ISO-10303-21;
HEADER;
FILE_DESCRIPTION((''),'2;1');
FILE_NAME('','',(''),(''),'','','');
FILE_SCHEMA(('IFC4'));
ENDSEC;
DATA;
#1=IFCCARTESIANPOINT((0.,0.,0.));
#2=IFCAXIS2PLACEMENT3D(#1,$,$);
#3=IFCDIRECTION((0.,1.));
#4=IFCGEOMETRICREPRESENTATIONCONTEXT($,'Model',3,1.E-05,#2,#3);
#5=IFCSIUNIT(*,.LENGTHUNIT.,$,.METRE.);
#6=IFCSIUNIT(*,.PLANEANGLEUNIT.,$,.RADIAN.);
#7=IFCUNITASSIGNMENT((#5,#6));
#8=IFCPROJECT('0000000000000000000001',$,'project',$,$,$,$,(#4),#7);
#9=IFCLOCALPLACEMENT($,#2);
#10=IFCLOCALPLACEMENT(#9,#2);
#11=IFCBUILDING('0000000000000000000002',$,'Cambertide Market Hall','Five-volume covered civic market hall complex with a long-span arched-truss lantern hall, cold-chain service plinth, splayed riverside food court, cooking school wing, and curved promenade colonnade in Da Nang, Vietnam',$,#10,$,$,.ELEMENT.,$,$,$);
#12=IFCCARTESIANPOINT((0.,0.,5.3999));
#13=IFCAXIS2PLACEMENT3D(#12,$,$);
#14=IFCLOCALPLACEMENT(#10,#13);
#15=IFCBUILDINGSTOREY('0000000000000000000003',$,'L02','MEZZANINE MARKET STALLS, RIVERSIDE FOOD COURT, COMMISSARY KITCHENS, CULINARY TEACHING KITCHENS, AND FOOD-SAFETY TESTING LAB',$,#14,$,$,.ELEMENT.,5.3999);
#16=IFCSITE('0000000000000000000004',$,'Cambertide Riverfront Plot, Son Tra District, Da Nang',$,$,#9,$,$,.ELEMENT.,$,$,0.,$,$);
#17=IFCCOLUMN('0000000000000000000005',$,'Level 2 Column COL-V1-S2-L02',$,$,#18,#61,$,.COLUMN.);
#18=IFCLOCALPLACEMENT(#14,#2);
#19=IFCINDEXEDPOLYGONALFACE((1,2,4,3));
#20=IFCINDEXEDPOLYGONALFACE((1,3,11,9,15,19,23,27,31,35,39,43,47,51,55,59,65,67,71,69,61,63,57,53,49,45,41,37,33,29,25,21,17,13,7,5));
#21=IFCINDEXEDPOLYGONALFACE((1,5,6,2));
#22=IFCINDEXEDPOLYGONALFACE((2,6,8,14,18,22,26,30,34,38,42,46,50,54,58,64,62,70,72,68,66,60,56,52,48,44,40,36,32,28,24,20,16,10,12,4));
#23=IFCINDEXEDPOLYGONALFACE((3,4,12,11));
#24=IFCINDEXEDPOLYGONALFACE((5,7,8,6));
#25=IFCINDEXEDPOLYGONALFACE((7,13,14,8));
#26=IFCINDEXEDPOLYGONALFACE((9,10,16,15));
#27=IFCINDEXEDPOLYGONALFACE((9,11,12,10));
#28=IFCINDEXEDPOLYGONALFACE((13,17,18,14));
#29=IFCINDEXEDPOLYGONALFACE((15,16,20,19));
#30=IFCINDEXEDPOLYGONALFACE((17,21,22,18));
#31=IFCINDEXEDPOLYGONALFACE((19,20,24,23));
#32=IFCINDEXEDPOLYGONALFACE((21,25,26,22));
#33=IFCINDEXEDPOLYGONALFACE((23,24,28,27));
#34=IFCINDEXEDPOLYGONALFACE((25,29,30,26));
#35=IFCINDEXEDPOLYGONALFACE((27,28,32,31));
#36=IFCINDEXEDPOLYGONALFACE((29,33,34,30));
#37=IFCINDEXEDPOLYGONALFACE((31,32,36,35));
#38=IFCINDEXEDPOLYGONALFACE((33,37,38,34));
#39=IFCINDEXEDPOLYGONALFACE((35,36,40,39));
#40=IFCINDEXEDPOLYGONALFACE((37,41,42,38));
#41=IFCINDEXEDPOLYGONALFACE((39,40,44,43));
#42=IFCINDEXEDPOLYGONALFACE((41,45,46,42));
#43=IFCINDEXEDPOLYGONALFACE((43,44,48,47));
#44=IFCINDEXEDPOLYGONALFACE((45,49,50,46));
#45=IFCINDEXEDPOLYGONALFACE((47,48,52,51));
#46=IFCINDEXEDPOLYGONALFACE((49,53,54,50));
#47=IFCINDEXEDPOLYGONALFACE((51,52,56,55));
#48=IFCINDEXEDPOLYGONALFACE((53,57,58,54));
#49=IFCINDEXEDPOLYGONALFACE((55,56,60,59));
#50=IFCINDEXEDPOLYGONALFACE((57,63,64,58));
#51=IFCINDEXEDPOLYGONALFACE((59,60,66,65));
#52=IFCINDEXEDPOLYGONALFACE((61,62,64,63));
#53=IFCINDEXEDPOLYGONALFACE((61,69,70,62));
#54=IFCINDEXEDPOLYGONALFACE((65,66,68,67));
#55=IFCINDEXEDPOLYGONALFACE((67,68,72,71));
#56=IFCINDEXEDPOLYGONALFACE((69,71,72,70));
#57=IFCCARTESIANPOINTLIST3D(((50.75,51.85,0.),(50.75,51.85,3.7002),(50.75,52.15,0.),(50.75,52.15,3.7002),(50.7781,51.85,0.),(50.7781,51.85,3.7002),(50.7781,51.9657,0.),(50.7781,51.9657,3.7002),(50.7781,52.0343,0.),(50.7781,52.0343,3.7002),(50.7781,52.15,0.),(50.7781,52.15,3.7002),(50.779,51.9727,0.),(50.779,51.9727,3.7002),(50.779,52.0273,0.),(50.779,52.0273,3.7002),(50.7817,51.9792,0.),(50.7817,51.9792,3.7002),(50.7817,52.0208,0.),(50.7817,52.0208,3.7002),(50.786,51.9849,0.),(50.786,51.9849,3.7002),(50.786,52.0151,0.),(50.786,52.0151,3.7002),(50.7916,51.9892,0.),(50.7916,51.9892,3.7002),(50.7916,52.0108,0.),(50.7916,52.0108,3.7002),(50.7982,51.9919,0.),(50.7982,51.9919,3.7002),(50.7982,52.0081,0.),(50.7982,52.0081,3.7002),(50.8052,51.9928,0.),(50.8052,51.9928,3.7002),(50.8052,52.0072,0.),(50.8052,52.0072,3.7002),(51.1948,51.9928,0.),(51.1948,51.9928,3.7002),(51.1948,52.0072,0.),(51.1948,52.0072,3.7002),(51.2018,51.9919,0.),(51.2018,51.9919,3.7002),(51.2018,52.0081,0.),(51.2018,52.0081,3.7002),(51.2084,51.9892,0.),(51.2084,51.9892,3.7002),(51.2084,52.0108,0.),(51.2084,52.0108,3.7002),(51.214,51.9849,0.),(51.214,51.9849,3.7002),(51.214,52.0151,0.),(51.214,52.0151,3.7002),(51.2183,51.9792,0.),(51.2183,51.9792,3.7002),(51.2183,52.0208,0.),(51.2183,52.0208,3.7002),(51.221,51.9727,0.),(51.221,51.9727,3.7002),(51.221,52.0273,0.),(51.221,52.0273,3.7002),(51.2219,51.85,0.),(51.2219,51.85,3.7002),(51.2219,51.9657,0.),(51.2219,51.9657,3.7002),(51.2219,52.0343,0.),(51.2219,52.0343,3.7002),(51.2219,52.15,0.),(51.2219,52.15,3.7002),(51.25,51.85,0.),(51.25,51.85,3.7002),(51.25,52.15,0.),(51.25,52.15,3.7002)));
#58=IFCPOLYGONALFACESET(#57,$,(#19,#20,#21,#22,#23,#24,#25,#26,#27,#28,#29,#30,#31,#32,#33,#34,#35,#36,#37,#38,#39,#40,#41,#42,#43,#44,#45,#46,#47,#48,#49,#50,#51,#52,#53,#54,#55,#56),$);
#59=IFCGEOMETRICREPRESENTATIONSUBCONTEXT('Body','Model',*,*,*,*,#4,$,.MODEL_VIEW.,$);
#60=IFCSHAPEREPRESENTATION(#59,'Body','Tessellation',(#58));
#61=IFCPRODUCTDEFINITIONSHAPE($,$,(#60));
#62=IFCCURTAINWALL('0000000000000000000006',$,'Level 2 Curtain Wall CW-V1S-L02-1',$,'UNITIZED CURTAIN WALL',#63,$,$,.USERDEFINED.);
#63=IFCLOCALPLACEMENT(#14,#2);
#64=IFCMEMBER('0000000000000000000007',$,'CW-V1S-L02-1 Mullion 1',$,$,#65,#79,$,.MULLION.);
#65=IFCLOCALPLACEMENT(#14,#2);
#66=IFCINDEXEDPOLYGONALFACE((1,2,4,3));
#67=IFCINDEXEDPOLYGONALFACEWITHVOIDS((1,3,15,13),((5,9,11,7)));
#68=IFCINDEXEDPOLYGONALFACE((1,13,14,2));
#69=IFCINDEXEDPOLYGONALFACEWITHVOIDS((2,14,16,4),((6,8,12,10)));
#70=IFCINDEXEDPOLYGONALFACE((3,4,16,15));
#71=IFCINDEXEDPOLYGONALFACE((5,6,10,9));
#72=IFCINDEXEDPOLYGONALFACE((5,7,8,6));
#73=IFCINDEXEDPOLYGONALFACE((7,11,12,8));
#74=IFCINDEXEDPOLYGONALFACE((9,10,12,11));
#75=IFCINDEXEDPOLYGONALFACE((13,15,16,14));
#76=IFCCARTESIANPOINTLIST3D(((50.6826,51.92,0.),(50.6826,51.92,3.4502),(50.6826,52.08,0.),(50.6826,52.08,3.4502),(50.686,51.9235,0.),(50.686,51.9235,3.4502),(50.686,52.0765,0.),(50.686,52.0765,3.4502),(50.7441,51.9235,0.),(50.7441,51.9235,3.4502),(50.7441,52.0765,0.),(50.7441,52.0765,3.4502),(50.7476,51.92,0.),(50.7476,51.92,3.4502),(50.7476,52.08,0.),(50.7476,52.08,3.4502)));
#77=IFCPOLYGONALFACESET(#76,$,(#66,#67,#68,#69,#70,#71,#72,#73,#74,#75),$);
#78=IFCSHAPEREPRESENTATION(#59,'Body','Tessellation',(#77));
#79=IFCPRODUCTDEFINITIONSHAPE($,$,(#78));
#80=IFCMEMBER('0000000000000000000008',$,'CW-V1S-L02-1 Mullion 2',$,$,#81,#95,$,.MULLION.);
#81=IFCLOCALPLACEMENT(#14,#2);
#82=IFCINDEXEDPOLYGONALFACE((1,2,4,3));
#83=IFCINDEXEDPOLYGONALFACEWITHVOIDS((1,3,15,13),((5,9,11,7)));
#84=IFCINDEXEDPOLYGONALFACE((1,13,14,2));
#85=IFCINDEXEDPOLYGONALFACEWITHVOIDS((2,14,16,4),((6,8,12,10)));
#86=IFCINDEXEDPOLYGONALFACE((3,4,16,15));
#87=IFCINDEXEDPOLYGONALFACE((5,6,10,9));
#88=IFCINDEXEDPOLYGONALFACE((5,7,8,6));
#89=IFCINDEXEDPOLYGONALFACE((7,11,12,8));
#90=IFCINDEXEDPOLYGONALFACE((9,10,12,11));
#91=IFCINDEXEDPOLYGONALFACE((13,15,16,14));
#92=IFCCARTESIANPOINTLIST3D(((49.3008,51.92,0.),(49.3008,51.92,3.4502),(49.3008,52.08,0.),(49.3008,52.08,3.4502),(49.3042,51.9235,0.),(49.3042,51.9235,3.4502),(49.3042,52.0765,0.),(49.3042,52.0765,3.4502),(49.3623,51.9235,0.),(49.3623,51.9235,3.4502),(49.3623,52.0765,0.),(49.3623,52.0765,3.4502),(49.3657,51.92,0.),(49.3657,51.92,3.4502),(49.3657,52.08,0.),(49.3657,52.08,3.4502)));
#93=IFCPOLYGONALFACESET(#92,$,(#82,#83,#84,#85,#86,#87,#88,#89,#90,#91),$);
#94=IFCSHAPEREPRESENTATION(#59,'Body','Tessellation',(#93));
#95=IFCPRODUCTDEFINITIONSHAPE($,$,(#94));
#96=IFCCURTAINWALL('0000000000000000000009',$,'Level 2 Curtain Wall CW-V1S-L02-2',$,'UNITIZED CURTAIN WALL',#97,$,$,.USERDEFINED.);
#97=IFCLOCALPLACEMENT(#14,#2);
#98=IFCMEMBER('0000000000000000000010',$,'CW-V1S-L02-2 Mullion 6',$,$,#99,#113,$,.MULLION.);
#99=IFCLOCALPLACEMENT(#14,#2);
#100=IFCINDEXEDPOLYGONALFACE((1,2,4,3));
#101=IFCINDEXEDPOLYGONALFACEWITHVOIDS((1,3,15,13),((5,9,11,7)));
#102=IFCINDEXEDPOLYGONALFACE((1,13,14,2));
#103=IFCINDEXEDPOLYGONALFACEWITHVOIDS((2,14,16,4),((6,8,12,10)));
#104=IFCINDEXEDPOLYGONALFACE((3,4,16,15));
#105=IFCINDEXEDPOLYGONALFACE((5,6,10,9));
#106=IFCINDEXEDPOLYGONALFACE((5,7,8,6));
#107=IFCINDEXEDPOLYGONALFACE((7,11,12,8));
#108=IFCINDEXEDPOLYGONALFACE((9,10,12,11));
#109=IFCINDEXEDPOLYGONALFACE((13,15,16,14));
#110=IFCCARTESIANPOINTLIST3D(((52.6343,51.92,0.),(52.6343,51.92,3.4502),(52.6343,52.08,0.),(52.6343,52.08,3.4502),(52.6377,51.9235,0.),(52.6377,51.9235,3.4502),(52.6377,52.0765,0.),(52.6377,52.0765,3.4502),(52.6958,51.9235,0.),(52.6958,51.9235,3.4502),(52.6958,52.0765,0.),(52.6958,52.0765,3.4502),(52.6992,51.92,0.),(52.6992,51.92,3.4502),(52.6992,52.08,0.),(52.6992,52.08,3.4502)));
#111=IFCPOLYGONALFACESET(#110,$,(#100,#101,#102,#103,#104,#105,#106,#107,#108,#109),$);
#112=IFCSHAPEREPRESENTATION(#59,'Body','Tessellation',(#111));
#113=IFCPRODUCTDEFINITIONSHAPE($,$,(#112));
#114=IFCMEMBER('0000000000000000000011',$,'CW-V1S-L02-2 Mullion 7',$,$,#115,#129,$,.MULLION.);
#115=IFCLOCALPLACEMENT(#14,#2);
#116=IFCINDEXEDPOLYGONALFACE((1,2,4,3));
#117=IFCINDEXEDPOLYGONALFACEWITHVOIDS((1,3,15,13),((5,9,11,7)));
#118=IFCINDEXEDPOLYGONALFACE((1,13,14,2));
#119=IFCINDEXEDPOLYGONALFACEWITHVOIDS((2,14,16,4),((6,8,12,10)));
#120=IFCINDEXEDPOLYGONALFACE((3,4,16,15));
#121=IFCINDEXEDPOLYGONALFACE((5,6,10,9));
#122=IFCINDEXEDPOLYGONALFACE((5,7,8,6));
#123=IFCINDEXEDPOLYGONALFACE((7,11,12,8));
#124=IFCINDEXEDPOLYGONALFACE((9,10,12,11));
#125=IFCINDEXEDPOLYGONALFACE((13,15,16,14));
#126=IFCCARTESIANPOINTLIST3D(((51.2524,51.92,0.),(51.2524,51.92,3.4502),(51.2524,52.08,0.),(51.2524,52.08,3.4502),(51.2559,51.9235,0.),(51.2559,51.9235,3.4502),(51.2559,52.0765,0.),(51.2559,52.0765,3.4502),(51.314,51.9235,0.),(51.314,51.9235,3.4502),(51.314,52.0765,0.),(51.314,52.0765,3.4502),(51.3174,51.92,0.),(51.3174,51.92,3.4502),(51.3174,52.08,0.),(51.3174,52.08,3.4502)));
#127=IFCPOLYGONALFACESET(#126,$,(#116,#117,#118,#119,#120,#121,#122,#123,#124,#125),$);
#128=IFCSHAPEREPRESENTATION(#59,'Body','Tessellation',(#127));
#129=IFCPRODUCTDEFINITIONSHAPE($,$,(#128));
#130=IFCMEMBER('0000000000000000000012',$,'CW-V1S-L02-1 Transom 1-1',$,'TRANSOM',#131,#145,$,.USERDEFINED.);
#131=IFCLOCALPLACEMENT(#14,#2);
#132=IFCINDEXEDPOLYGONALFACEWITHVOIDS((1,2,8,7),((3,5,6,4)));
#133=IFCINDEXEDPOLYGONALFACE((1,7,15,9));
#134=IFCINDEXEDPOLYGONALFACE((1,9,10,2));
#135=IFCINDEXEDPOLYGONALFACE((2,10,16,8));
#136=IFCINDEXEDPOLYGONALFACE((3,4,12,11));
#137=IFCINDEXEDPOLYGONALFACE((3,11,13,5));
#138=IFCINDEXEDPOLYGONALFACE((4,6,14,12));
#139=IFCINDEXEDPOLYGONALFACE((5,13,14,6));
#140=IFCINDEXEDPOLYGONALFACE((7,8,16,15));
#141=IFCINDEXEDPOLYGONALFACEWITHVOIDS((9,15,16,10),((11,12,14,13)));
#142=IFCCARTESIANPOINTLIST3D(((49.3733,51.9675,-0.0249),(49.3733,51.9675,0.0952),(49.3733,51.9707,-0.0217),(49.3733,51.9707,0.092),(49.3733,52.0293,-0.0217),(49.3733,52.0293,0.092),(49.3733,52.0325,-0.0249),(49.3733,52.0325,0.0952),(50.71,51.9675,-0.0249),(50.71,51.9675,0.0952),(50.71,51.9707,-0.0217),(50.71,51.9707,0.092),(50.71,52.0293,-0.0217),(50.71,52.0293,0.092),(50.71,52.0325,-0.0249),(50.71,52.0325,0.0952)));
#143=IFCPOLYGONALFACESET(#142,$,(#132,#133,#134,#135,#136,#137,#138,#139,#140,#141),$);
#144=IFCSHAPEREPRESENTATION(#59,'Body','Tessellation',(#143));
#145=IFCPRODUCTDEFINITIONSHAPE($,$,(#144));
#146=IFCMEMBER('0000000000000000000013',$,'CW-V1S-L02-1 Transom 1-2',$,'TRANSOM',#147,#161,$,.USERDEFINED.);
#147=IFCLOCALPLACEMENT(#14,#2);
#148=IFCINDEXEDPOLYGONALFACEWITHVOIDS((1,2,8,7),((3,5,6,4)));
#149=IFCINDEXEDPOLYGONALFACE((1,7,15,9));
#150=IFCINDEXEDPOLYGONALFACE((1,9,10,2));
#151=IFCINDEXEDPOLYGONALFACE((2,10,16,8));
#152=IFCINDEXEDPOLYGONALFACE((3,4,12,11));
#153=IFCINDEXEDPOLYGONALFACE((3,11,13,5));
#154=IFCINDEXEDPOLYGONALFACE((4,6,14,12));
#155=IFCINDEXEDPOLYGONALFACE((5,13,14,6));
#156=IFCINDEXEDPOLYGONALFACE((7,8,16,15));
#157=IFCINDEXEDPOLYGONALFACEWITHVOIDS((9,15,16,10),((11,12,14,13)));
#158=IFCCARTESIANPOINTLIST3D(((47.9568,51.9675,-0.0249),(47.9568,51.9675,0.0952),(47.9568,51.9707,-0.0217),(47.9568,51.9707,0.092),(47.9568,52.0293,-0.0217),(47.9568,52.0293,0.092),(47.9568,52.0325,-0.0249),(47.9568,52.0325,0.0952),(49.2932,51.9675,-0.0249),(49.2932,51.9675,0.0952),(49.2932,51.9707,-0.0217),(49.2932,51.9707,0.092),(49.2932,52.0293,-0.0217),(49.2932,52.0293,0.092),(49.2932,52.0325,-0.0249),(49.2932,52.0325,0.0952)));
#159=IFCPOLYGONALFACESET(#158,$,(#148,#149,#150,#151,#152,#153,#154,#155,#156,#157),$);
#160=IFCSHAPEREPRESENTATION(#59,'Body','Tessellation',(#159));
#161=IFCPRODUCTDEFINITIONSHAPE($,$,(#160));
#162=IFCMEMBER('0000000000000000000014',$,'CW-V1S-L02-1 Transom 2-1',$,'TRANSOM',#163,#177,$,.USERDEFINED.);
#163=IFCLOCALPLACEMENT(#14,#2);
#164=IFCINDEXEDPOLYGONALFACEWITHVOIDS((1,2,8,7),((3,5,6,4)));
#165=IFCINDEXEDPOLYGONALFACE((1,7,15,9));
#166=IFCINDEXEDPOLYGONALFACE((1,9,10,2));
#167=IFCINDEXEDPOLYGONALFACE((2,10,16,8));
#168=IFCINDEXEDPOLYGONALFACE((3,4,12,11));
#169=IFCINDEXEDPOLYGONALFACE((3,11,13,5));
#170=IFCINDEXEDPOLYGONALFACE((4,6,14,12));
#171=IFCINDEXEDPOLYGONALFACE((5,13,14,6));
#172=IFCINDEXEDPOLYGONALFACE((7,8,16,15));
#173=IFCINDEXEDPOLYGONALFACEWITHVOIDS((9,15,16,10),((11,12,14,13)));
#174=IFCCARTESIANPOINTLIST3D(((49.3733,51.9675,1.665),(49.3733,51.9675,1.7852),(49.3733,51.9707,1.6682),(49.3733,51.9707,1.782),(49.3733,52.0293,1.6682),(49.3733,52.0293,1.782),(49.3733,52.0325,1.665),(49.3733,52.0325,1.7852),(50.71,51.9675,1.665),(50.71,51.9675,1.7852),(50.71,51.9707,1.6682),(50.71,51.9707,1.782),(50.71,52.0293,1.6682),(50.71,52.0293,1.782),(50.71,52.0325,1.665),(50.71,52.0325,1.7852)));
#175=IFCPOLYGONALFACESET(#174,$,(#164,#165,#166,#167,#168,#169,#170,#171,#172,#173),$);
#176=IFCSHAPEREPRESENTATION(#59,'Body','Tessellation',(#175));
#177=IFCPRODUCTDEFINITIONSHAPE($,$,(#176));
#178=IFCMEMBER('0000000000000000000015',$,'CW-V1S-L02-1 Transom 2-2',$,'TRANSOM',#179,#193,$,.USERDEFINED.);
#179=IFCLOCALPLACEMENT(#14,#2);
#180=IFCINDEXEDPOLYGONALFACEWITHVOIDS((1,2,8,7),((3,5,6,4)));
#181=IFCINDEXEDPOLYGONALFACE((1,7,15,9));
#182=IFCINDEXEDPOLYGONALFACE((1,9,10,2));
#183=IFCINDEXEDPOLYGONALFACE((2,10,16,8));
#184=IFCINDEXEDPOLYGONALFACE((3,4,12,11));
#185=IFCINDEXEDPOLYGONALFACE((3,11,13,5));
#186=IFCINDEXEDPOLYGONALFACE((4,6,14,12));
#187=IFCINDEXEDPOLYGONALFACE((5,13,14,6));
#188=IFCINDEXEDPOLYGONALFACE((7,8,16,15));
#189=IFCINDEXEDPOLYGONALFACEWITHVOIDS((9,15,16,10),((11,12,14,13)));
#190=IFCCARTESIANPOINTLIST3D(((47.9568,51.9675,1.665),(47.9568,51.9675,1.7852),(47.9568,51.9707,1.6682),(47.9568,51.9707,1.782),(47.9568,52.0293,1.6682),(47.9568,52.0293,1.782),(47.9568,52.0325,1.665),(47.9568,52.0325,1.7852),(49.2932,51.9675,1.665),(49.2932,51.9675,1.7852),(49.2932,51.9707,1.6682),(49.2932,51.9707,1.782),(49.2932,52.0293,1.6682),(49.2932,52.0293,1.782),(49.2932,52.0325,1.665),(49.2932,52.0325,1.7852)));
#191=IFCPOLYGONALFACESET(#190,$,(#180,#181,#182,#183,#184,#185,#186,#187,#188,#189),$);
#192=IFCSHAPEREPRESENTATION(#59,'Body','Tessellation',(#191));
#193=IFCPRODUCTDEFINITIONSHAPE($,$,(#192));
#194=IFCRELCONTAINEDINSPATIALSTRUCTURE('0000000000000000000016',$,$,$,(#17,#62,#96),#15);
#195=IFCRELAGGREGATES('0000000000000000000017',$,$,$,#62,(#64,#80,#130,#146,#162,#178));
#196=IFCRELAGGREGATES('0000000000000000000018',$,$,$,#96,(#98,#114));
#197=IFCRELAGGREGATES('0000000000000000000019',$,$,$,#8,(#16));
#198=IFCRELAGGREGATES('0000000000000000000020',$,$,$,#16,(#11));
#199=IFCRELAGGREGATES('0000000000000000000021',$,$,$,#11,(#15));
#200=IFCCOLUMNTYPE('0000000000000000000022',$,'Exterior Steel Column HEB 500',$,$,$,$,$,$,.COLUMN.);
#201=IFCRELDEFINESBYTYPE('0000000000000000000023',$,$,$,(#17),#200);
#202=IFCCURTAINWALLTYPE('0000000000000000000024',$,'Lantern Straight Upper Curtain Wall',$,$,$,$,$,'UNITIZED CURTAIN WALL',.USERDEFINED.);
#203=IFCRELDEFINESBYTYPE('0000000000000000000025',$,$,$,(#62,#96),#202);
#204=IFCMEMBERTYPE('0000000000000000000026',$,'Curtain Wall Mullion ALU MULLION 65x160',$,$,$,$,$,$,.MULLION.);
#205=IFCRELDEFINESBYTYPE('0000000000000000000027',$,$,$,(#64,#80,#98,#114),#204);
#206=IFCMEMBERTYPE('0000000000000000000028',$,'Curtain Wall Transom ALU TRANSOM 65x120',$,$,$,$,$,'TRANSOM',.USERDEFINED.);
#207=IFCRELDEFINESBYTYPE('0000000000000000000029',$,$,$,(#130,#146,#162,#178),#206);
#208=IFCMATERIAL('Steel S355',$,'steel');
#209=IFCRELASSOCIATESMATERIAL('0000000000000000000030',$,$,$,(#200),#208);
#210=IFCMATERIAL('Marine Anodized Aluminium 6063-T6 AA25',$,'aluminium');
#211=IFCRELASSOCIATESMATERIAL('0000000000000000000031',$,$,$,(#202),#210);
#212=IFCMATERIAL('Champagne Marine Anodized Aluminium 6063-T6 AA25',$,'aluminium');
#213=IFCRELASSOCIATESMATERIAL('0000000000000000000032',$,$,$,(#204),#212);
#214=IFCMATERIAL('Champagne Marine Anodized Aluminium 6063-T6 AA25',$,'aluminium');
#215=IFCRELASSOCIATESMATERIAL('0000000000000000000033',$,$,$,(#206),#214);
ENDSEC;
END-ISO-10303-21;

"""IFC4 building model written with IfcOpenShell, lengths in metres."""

from ifc_helpers import new_model, si_unit, direction, frame, origin, origin_2d, place, context, subcontext, project, spatial, hollow_rectangle, i_section, extrude, material, material_profile, profile_set, type_object, element, aggregate, save


model = new_model("IFC4")

# Units and contexts
model_context = context("Model", 3, precision=1e-05, world=origin(), true_north=direction((0.0, 1.0)))
body_context = subcontext(model_context, "Body", "Model", "MODEL_VIEW")
ifc_project = project(units=[si_unit("LENGTHUNIT", "METRE"), si_unit("PLANEANGLEUNIT", "RADIAN")], contexts=[model_context])

# Site, building, storey
site_placement = place(None, origin())
site = spatial("IfcSite", under=ifc_project, at=site_placement, Name="Cambertide Riverfront Plot, Son Tra District, Da Nang", CompositionType="ELEMENT", RefElevation=0.0)
building_placement = place(site_placement, origin())
building = spatial("IfcBuilding", under=site, at=building_placement, Name="Cambertide Market Hall", Description="Five-volume covered civic market hall complex with a long-span arched-truss lantern hall, cold-chain service plinth, splayed riverside food court, cooking school wing, and curved promenade colonnade in Da Nang, Vietnam", CompositionType="ELEMENT")
storey_placement = place(building_placement, frame((0.0, 0.0, 5.3999)))
storey = spatial("IfcBuildingStorey", under=building, at=storey_placement, Name="L02", Description="MEZZANINE MARKET STALLS, RIVERSIDE FOOD COURT, COMMISSARY KITCHENS, CULINARY TEACHING KITCHENS, AND FOOD-SAFETY TESTING LAB", CompositionType="ELEMENT", Elevation=5.3999)

# Column
ifc_material_1 = material(Name="Steel S355", Category="steel")
ifc_material_profile_1 = material_profile(ifc_material_1, i_section(OverallWidth=0.3, OverallDepth=0.5, WebThickness=0.0144, FlangeThickness=0.0281, FilletRadius=0.0271, at=origin_2d()), Name="HEB 500")
ifc_profile_set_1 = profile_set([ifc_material_profile_1], Name="Steel S355")
column_type = type_object("IfcColumnType", Name="Exterior Steel Column HEB 500", PredefinedType="COLUMN", material=ifc_profile_set_1)
column_placement = place(storey_placement, frame((51.0, 52.0, 0.0), z_axis=(0.0, 0.0, 1.0), x_axis=(0.0, 1.0, 0.0)))
element("IfcColumn", 1, at=column_placement, inside=storey, type_object=column_type, Name="Level 2 Column COL-V1-S2-L02", PredefinedType="COLUMN", context=body_context, shape_type="SweptSolid", body=[
    extrude(i_section(OverallWidth=0.3, OverallDepth=0.5, WebThickness=0.0144, FlangeThickness=0.0281, FilletRadius=0.0271, at=origin_2d()), origin(), (0.0, 0.0, 1.0), 3.7002),
])

# Curtain walls, members
ifc_material_2 = material(Name="Marine Anodized Aluminium 6063-T6 AA25", Category="aluminium")
curtain_wall_type = type_object("IfcCurtainWallType", Name="Lantern Straight Upper Curtain Wall", ElementType="UNITIZED CURTAIN WALL", PredefinedType="USERDEFINED", material=ifc_material_2)
curtain_wall_1_placement = place(storey_placement, origin())
curtain_wall_1 = element("IfcCurtainWall", 2, at=curtain_wall_1_placement, inside=storey, type_object=curtain_wall_type, Name="Level 2 Curtain Wall CW-V1S-L02-1", ObjectType="UNITIZED CURTAIN WALL", PredefinedType="USERDEFINED")
ifc_material_3 = material(Name="Champagne Marine Anodized Aluminium 6063-T6 AA25", Category="aluminium")
ifc_material_profile_2 = material_profile(ifc_material_3, hollow_rectangle(XDim=0.0649, YDim=0.1599, WallThickness=0.0034, at=origin_2d()), Name="ALU MULLION 65x160")
ifc_profile_set_2 = profile_set([ifc_material_profile_2], Name="Champagne Marine Anodized Aluminium 6063-T6 AA25")
member_type_1 = type_object("IfcMemberType", Name="Curtain Wall Mullion ALU MULLION 65x160", PredefinedType="MULLION", material=ifc_profile_set_2)
member_1_placement = place(storey_placement, frame((50.7151, 52.0, 0.0), z_axis=(0.0, 0.0, 1.0), x_axis=(-1.0, 0.0, 0.0)))
member_1 = element("IfcMember", 3, at=member_1_placement, type_object=member_type_1, Name="CW-V1S-L02-1 Mullion 1", PredefinedType="MULLION", context=body_context, shape_type="SweptSolid", body=[
    extrude(hollow_rectangle(XDim=0.0649, YDim=0.1599, WallThickness=0.0034, at=origin_2d()), origin(), (0.0, 0.0, 1.0), 3.4502),
])
member_2_placement = place(storey_placement, frame((49.3333, 52.0, 0.0), z_axis=(0.0, 0.0, 1.0), x_axis=(-1.0, 0.0, 0.0)))
member_2 = element("IfcMember", 4, at=member_2_placement, type_object=member_type_1, Name="CW-V1S-L02-1 Mullion 2", PredefinedType="MULLION", context=body_context, shape_type="SweptSolid", body=[
    extrude(hollow_rectangle(XDim=0.0649, YDim=0.1599, WallThickness=0.0034, at=origin_2d()), origin(), (0.0, 0.0, 1.0), 3.4502),
])
curtain_wall_2_placement = place(storey_placement, origin())
curtain_wall_2 = element("IfcCurtainWall", 5, at=curtain_wall_2_placement, inside=storey, type_object=curtain_wall_type, Name="Level 2 Curtain Wall CW-V1S-L02-2", ObjectType="UNITIZED CURTAIN WALL", PredefinedType="USERDEFINED")
member_3_placement = place(storey_placement, frame((52.6667, 52.0, 0.0), z_axis=(0.0, 0.0, 1.0), x_axis=(-1.0, 0.0, 0.0)))
member_3 = element("IfcMember", 6, at=member_3_placement, type_object=member_type_1, Name="CW-V1S-L02-2 Mullion 6", PredefinedType="MULLION", context=body_context, shape_type="SweptSolid", body=[
    extrude(hollow_rectangle(XDim=0.0649, YDim=0.1599, WallThickness=0.0034, at=origin_2d()), origin(), (0.0, 0.0, 1.0), 3.4502),
])
member_4_placement = place(storey_placement, frame((51.2849, 52.0, 0.0), z_axis=(0.0, 0.0, 1.0), x_axis=(-1.0, 0.0, 0.0)))
member_4 = element("IfcMember", 7, at=member_4_placement, type_object=member_type_1, Name="CW-V1S-L02-2 Mullion 7", PredefinedType="MULLION", context=body_context, shape_type="SweptSolid", body=[
    extrude(hollow_rectangle(XDim=0.0649, YDim=0.1599, WallThickness=0.0034, at=origin_2d()), origin(), (0.0, 0.0, 1.0), 3.4502),
])

# Members
ifc_material_4 = material(Name="Champagne Marine Anodized Aluminium 6063-T6 AA25", Category="aluminium")
ifc_material_profile_3 = material_profile(ifc_material_4, hollow_rectangle(XDim=0.0649, YDim=0.1201, WallThickness=0.0032, at=origin_2d()), Name="ALU TRANSOM 65x120")
ifc_profile_set_3 = profile_set([ifc_material_profile_3], Name="Champagne Marine Anodized Aluminium 6063-T6 AA25")
member_type_2 = type_object("IfcMemberType", Name="Curtain Wall Transom ALU TRANSOM 65x120", ElementType="TRANSOM", PredefinedType="USERDEFINED", material=ifc_profile_set_3)
member_5_placement = place(storey_placement, frame((50.71, 52.0, 0.0352), z_axis=(-1.0, 0.0, 0.0), x_axis=(0.0, -1.0, 0.0)))
member_5 = element("IfcMember", 8, at=member_5_placement, type_object=member_type_2, Name="CW-V1S-L02-1 Transom 1-1", ObjectType="TRANSOM", PredefinedType="USERDEFINED", context=body_context, shape_type="SweptSolid", body=[
    extrude(hollow_rectangle(XDim=0.0649, YDim=0.1201, WallThickness=0.0032, at=origin_2d()), origin(), (0.0, 0.0, 1.0), 1.3367),
])
member_6_placement = place(storey_placement, frame((49.2932, 52.0, 0.0352), z_axis=(-1.0, 0.0, 0.0), x_axis=(0.0, -1.0, 0.0)))
member_6 = element("IfcMember", 9, at=member_6_placement, type_object=member_type_2, Name="CW-V1S-L02-1 Transom 1-2", ObjectType="TRANSOM", PredefinedType="USERDEFINED", context=body_context, shape_type="SweptSolid", body=[
    extrude(hollow_rectangle(XDim=0.0649, YDim=0.1201, WallThickness=0.0032, at=origin_2d()), origin(), (0.0, 0.0, 1.0), 1.3364),
])
member_7_placement = place(storey_placement, frame((50.71, 52.0, 1.7251), z_axis=(-1.0, 0.0, 0.0), x_axis=(0.0, -1.0, 0.0)))
member_7 = element("IfcMember", 10, at=member_7_placement, type_object=member_type_2, Name="CW-V1S-L02-1 Transom 2-1", ObjectType="TRANSOM", PredefinedType="USERDEFINED", context=body_context, shape_type="SweptSolid", body=[
    extrude(hollow_rectangle(XDim=0.0649, YDim=0.1201, WallThickness=0.0032, at=origin_2d()), origin(), (0.0, 0.0, 1.0), 1.3367),
])
member_8_placement = place(storey_placement, frame((49.2932, 52.0, 1.7251), z_axis=(-1.0, 0.0, 0.0), x_axis=(0.0, -1.0, 0.0)))
member_8 = element("IfcMember", 11, at=member_8_placement, type_object=member_type_2, Name="CW-V1S-L02-1 Transom 2-2", ObjectType="TRANSOM", PredefinedType="USERDEFINED", context=body_context, shape_type="SweptSolid", body=[
    extrude(hollow_rectangle(XDim=0.0649, YDim=0.1201, WallThickness=0.0032, at=origin_2d()), origin(), (0.0, 0.0, 1.0), 1.3364),
])

aggregate(curtain_wall_1, [member_1, member_2, member_5, member_6, member_7, member_8])
aggregate(curtain_wall_2, [member_3, member_4])

save(model, "model.ifc")
